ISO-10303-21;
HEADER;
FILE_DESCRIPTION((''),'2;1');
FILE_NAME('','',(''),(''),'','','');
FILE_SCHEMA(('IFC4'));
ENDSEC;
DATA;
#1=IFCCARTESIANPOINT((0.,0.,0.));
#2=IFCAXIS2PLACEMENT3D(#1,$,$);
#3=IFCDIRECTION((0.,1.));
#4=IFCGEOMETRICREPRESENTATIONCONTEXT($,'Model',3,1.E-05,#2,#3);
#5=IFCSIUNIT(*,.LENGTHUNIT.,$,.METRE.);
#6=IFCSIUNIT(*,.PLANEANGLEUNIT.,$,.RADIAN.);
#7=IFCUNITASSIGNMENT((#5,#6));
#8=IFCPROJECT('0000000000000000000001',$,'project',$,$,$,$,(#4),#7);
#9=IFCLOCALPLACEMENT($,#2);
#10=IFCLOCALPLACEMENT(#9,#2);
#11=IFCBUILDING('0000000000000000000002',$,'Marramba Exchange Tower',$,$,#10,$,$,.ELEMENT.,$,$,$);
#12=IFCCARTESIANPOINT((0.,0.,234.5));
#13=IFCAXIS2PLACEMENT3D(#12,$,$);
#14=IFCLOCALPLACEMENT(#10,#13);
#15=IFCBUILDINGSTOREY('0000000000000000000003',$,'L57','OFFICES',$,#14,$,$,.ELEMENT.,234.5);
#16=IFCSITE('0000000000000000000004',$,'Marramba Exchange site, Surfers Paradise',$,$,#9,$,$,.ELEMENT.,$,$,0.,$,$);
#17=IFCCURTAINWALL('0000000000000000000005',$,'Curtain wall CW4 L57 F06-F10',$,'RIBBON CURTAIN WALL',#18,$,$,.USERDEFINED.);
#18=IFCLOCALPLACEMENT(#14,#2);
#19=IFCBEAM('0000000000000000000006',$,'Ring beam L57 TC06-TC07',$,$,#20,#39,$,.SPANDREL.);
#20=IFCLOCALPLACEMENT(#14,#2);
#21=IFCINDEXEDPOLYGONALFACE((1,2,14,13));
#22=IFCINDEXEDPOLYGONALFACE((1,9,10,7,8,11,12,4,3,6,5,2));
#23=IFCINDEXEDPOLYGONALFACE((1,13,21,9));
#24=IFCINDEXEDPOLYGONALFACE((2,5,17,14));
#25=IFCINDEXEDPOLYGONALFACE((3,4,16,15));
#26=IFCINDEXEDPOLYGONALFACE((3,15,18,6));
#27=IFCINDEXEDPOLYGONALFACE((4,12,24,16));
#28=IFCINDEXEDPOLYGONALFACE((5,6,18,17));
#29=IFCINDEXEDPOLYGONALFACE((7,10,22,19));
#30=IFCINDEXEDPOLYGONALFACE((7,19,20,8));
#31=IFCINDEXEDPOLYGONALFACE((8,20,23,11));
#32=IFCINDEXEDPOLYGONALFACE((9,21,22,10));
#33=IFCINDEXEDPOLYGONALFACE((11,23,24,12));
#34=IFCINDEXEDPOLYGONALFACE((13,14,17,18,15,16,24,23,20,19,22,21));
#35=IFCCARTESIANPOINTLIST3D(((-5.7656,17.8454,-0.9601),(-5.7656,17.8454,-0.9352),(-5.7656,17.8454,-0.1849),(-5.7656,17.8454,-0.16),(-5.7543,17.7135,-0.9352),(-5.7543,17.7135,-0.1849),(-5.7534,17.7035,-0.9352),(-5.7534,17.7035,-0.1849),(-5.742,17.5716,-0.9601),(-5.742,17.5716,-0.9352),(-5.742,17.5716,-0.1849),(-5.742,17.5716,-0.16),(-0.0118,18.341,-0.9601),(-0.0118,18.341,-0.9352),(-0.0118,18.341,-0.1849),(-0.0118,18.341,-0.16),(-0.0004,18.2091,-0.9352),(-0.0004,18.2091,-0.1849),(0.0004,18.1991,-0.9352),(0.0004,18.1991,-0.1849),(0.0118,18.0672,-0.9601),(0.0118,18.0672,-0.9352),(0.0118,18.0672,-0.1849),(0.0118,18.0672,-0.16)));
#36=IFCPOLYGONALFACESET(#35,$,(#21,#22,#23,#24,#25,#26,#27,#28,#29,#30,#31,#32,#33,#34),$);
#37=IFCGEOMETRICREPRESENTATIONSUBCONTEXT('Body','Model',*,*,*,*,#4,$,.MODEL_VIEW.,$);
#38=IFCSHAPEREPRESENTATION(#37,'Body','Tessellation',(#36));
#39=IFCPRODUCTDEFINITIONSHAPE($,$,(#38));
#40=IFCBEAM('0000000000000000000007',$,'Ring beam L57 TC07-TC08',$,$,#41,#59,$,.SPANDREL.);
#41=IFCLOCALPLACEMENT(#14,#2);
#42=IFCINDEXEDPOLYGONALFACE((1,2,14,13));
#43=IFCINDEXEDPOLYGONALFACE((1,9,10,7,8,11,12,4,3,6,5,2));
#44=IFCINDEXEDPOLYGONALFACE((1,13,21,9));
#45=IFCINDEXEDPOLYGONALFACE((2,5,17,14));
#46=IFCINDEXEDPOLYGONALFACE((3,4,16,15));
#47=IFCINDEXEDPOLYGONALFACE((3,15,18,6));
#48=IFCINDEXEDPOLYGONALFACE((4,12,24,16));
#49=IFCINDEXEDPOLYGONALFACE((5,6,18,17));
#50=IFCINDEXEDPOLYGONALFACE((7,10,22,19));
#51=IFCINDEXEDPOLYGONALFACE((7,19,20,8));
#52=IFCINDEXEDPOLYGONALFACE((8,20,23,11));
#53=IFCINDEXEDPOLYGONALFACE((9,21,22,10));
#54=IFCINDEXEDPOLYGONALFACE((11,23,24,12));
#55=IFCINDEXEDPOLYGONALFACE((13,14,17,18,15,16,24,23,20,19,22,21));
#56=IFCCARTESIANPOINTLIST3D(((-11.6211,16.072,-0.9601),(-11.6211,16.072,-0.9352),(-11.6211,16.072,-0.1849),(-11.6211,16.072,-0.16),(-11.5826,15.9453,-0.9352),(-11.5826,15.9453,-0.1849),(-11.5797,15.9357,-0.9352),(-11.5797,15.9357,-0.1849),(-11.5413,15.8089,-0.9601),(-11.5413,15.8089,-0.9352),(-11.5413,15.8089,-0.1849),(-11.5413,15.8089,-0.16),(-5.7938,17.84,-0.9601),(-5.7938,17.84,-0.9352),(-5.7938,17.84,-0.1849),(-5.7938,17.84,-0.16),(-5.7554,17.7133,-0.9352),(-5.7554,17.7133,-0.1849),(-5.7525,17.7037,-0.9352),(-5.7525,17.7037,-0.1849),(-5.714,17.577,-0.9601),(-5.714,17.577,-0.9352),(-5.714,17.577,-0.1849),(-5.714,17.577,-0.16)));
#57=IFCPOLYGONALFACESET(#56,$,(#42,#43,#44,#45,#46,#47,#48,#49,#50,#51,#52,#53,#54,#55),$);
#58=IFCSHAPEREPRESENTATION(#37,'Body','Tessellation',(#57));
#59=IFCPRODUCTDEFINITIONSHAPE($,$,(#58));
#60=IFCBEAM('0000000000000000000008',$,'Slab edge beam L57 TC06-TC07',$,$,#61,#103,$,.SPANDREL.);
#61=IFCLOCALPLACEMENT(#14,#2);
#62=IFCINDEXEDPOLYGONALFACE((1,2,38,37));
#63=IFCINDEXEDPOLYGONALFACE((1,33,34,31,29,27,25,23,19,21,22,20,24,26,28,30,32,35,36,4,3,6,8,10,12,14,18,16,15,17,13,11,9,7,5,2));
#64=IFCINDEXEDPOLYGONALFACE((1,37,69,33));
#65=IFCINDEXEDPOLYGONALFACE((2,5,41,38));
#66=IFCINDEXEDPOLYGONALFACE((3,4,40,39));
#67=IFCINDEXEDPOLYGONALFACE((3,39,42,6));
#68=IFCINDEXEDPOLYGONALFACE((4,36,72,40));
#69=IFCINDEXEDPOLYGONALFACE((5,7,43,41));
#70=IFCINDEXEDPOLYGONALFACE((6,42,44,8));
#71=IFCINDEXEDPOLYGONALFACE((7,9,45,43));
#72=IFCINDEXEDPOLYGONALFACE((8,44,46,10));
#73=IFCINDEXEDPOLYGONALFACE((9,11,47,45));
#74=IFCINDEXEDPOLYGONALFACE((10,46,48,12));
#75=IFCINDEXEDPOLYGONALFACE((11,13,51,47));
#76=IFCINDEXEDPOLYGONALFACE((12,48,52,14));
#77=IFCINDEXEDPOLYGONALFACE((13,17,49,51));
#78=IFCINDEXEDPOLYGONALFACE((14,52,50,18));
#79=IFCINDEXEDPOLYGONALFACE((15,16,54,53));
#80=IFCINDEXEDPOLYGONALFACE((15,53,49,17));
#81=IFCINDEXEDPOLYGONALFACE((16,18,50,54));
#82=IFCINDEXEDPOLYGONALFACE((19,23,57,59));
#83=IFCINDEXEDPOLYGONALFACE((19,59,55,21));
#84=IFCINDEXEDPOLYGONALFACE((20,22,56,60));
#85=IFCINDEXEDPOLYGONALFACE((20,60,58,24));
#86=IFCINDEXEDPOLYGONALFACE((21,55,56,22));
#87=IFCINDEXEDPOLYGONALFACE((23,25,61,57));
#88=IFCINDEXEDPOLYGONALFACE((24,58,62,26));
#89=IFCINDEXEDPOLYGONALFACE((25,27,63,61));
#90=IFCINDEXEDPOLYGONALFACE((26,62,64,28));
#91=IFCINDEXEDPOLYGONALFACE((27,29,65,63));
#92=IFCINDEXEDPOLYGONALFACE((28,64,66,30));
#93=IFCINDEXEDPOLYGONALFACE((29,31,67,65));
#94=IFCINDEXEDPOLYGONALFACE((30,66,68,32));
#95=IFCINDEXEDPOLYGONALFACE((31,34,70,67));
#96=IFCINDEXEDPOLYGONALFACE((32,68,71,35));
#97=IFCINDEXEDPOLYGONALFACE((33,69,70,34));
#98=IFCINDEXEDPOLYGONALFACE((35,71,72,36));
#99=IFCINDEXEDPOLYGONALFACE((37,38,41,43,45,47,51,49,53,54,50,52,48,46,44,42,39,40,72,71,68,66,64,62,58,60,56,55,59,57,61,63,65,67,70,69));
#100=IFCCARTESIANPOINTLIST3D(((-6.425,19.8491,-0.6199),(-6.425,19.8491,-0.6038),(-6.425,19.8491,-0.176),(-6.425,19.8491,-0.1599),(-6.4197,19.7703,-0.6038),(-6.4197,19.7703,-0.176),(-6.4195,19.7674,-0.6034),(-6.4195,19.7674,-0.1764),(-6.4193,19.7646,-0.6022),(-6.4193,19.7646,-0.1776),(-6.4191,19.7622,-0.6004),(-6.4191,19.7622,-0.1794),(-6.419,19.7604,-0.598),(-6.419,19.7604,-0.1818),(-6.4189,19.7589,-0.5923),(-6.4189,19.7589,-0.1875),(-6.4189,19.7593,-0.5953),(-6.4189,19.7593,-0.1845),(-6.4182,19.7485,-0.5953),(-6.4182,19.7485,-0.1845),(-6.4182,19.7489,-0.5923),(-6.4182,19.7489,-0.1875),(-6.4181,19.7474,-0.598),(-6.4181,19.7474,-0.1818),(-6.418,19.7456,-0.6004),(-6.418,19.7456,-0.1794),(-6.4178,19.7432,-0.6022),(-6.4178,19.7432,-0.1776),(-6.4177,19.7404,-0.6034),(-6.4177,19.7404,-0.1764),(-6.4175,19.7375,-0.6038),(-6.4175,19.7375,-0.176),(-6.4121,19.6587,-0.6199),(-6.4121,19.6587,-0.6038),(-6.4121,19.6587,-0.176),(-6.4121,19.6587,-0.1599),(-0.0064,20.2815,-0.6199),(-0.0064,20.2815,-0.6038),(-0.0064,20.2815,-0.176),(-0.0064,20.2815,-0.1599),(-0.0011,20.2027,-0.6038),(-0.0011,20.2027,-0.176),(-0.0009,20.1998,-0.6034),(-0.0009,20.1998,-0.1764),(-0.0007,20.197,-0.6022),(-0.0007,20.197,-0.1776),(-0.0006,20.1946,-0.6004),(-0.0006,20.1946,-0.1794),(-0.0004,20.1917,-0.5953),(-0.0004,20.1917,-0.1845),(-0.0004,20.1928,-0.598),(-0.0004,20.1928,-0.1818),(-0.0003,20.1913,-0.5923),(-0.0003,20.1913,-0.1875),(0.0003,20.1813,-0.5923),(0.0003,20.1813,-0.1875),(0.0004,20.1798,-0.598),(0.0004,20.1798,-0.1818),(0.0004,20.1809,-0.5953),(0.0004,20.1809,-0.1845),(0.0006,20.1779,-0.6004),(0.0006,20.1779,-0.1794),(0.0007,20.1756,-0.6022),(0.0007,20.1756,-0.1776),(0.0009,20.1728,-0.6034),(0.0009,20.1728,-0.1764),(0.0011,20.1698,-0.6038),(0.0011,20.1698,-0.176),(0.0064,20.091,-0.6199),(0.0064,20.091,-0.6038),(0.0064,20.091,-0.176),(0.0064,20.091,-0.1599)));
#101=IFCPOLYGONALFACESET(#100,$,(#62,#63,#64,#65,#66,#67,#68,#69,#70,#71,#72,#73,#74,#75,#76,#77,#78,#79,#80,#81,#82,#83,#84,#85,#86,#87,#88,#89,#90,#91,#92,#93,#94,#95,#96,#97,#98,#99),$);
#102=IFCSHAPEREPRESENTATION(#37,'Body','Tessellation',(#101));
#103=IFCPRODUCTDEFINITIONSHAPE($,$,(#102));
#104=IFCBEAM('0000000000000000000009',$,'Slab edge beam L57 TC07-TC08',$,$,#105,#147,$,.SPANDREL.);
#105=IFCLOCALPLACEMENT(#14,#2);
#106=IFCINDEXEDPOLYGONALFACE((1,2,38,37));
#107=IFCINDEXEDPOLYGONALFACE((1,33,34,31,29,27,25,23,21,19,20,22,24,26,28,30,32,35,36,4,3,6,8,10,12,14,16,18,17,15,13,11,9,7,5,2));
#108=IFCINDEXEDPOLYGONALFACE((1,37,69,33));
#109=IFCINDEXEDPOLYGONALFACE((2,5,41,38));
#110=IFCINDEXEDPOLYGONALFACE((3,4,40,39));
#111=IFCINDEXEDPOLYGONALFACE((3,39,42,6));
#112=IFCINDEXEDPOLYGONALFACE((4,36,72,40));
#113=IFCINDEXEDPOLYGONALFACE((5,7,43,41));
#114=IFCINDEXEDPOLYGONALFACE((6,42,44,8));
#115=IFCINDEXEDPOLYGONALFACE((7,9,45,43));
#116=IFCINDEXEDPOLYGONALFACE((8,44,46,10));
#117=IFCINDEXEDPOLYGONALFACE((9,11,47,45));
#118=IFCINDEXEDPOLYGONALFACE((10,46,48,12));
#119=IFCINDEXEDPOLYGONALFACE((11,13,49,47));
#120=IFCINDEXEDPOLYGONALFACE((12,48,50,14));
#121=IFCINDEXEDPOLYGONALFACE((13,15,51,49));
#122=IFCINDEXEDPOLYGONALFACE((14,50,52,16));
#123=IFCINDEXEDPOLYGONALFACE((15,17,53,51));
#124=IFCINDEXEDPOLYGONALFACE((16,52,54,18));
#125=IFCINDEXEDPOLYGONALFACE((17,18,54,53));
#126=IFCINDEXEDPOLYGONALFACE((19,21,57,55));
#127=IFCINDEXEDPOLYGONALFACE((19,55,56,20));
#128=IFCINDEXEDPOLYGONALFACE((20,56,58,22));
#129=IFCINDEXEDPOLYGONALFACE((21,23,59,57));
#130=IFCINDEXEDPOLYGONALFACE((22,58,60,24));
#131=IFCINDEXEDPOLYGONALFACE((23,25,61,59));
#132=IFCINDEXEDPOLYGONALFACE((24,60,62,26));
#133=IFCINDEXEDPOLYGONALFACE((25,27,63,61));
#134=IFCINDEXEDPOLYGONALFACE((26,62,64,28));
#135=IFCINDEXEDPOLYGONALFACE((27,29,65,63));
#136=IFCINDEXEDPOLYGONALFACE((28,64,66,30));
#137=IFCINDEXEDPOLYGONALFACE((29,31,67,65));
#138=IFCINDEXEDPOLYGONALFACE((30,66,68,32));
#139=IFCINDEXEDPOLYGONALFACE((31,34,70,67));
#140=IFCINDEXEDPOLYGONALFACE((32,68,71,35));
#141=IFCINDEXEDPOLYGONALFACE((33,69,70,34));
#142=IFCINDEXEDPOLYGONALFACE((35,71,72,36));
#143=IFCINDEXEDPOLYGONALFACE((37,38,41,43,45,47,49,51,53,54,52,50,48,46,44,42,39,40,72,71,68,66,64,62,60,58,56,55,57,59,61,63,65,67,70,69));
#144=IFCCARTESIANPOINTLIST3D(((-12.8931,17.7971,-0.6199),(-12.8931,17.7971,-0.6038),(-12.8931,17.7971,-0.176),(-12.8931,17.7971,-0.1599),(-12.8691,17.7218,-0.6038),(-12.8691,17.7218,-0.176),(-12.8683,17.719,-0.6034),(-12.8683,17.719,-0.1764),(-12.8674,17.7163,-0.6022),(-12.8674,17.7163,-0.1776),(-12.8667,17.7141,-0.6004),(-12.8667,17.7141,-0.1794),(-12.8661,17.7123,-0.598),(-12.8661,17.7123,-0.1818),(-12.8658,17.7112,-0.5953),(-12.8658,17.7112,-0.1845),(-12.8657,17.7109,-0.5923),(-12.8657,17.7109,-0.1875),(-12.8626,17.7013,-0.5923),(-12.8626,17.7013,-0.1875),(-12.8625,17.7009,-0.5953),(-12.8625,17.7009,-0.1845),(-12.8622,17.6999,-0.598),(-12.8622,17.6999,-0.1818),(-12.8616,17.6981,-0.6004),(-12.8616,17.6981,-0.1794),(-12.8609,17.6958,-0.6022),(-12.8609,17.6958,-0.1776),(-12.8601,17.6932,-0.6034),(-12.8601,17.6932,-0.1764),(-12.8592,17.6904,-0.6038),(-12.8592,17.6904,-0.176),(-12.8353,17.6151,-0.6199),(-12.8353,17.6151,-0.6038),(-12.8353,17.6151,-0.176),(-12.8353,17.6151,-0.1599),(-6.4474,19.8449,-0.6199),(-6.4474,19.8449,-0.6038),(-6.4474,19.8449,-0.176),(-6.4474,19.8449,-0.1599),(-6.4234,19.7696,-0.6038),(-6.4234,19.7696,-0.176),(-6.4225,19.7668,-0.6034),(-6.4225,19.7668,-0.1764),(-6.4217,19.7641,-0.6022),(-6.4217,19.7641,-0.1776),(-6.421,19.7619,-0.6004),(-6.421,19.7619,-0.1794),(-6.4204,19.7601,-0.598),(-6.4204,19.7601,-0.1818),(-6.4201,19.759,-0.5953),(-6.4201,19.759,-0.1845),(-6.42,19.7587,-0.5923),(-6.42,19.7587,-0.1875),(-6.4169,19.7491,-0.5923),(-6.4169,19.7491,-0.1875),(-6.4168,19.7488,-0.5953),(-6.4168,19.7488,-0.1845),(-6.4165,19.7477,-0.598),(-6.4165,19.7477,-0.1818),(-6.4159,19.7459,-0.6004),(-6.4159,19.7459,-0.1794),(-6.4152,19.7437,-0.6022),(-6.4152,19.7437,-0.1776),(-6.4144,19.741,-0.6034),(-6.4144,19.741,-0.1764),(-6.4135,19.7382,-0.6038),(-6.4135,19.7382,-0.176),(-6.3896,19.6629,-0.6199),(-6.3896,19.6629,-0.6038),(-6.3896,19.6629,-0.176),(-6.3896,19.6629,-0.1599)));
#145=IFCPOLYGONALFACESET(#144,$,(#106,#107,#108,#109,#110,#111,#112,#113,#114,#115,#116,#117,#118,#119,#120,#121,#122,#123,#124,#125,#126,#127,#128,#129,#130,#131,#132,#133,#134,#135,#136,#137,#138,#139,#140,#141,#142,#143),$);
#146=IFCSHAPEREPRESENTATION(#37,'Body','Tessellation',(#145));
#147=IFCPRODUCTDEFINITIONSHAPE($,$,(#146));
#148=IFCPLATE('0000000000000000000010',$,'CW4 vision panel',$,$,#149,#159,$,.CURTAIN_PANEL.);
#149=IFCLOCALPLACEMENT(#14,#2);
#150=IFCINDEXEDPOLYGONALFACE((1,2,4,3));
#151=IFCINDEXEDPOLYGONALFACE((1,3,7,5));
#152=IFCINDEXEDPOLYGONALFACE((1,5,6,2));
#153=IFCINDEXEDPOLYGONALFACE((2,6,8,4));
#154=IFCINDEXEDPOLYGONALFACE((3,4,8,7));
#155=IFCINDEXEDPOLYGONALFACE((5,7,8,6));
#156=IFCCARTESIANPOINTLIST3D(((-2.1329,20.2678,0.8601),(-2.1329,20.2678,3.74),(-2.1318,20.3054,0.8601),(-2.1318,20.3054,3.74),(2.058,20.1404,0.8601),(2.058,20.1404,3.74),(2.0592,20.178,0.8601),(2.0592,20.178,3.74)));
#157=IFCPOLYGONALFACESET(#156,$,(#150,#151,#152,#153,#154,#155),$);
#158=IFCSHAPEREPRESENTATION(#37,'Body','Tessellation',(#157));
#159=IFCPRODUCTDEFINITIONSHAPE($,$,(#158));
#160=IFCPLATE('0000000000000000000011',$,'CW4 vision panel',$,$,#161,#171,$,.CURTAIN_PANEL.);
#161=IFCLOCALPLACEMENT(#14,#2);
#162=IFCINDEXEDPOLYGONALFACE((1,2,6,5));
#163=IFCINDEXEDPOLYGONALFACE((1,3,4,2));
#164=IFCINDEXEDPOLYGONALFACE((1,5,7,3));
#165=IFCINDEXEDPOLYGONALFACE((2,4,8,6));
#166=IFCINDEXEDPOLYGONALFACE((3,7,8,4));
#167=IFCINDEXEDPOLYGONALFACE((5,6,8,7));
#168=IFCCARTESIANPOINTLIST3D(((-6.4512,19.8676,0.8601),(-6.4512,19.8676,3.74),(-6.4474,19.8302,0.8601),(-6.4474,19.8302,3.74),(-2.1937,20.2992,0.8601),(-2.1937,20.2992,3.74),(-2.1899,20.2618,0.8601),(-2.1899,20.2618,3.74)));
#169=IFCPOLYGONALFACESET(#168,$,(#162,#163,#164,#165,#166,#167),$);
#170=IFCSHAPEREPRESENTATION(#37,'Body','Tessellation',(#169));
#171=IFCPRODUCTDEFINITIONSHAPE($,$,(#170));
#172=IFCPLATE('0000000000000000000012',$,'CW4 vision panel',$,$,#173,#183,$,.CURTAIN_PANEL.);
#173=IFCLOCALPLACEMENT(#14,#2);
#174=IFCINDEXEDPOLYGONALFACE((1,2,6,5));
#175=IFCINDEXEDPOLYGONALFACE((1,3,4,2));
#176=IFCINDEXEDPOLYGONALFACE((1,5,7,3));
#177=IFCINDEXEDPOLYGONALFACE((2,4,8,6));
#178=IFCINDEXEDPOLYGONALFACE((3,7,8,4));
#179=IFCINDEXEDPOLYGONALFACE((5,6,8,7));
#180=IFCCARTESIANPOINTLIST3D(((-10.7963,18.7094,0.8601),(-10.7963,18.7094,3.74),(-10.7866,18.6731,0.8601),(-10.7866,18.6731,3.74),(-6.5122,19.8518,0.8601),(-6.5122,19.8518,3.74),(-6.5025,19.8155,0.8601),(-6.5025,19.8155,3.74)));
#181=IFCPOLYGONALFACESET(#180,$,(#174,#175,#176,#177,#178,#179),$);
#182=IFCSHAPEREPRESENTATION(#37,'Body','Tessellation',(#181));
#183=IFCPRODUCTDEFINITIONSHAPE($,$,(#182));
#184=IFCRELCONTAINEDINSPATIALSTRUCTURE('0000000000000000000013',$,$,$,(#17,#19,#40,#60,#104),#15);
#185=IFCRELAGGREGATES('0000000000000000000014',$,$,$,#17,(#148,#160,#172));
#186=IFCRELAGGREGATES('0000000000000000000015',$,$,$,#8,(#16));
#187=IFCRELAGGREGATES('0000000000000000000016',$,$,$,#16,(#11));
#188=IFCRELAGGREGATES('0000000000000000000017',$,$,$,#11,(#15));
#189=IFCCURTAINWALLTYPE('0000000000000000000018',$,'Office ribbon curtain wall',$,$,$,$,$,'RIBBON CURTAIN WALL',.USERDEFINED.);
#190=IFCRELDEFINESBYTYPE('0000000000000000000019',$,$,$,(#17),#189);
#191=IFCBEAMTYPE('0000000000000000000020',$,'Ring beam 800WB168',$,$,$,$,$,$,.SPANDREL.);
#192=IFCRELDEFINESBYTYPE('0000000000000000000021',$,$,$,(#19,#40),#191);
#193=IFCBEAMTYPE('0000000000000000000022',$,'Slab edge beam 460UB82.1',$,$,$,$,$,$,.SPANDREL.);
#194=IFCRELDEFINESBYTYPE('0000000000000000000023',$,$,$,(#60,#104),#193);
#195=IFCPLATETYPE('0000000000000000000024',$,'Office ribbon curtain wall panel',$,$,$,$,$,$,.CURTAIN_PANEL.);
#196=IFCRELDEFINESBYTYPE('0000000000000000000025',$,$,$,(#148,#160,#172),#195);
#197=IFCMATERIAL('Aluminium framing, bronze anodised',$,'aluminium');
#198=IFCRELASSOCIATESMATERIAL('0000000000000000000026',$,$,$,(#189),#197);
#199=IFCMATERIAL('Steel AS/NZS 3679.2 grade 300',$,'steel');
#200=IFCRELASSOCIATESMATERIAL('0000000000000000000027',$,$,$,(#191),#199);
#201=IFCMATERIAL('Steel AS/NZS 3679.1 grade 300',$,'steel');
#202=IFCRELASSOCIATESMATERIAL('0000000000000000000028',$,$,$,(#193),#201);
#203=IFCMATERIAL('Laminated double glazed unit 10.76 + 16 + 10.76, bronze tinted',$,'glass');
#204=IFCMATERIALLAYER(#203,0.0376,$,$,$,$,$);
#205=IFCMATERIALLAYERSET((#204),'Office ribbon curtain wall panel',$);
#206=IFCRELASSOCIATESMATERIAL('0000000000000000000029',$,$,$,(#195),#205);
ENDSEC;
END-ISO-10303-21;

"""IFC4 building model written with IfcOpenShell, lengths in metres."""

from ifc_helpers import new_model, si_unit, direction, frame, origin, origin_2d, place, context, subcontext, project, spatial, rectangle, i_section, extrude, material, layer, layer_set, material_profile, profile_set, type_object, element, aggregate, save


model = new_model("IFC4")

# Units and contexts
model_context = context("Model", 3, precision=1e-05, world=origin(), true_north=direction((0.0, 1.0)))
body_context = subcontext(model_context, "Body", "Model", "MODEL_VIEW")
ifc_project = project(units=[si_unit("LENGTHUNIT", "METRE"), si_unit("PLANEANGLEUNIT", "RADIAN")], contexts=[model_context])

# Site, building, storey
site_placement = place(None, origin())
site = spatial("IfcSite", under=ifc_project, at=site_placement, Name="Marramba Exchange site, Surfers Paradise", CompositionType="ELEMENT", RefElevation=0.0)
building_placement = place(site_placement, origin())
building = spatial("IfcBuilding", under=site, at=building_placement, Name="Marramba Exchange Tower", CompositionType="ELEMENT")
storey_placement = place(building_placement, frame((0.0, 0.0, 234.5)))
storey = spatial("IfcBuildingStorey", under=building, at=storey_placement, Name="L57", Description="OFFICES", CompositionType="ELEMENT", Elevation=234.5)

# Shared definitions
ifc_material_1 = material(Name="Steel AS/NZS 3679.2 grade 300", Category="steel")

# Curtain wall
ifc_material_2 = material(Name="Aluminium framing, bronze anodised", Category="aluminium")
curtain_wall_type = type_object("IfcCurtainWallType", Name="Office ribbon curtain wall", ElementType="RIBBON CURTAIN WALL", PredefinedType="USERDEFINED", material=ifc_material_2)
curtain_wall_1_placement = place(storey_placement, origin())
curtain_wall_1 = element("IfcCurtainWall", 1, at=curtain_wall_1_placement, inside=storey, type_object=curtain_wall_type, Name="Curtain wall CW4 L57 F06-F10", ObjectType="RIBBON CURTAIN WALL", PredefinedType="USERDEFINED")

# Beams
ifc_material_profile_1 = material_profile(ifc_material_1, i_section(OverallWidth=0.2749, OverallDepth=0.8, WebThickness=0.01, FlangeThickness=0.0249, at=origin_2d()), Name="800WB168")
ifc_profile_set_1 = profile_set([ifc_material_profile_1], Name="Steel AS/NZS 3679.2 grade 300")
beam_type_1 = type_object("IfcBeamType", Name="Ring beam 800WB168", PredefinedType="SPANDREL", material=ifc_profile_set_1)
beam_1_placement = place(storey_placement, frame((0.0, 18.2041, -0.5601), z_axis=(-0.996311, -0.085816, 0.0), x_axis=(0.085816, -0.996311, 0.0)))
element("IfcBeam", 2, at=beam_1_placement, inside=storey, type_object=beam_type_1, Name="Ring beam L57 TC06-TC07", PredefinedType="SPANDREL", context=body_context, shape_type="SweptSolid", body=[
    extrude(i_section(OverallWidth=0.2749, OverallDepth=0.8, WebThickness=0.01, FlangeThickness=0.0249, at=origin_2d()), origin(), (0.0, 0.0, 1.0), 5.7751),
])
beam_2_placement = place(storey_placement, frame((-5.7539, 17.7085, -0.5601), z_axis=(-0.956925, -0.290337, 0.0), x_axis=(0.290337, -0.956925, 0.0)))
element("IfcBeam", 3, at=beam_2_placement, inside=storey, type_object=beam_type_1, Name="Ring beam L57 TC07-TC08", PredefinedType="SPANDREL", context=body_context, shape_type="SweptSolid", body=[
    extrude(i_section(OverallWidth=0.2749, OverallDepth=0.8, WebThickness=0.01, FlangeThickness=0.0249, at=origin_2d()), origin(), (0.0, 0.0, 1.0), 6.0896),
])
ifc_material_3 = material(Name="Steel AS/NZS 3679.1 grade 300", Category="steel")
ifc_material_profile_2 = material_profile(ifc_material_3, i_section(OverallWidth=0.1909, OverallDepth=0.46, WebThickness=0.01, FlangeThickness=0.0161, FilletRadius=0.0115, at=origin_2d()), Name="460UB82.1")
ifc_profile_set_2 = profile_set([ifc_material_profile_2], Name="Steel AS/NZS 3679.1 grade 300")
beam_type_2 = type_object("IfcBeamType", Name="Slab edge beam 460UB82.1", PredefinedType="SPANDREL", material=ifc_profile_set_2)
beam_3_placement = place(storey_placement, frame((0.0, 20.1863, -0.3899), z_axis=(-0.997739, -0.067212, 0.0), x_axis=(0.067212, -0.997739, 0.0)))
element("IfcBeam", 4, at=beam_3_placement, inside=storey, type_object=beam_type_2, Name="Slab edge beam L57 TC06-TC07", PredefinedType="SPANDREL", context=body_context, shape_type="SweptSolid", body=[
    extrude(i_section(OverallWidth=0.1909, OverallDepth=0.46, WebThickness=0.01, FlangeThickness=0.0161, FilletRadius=0.0115, at=origin_2d()), origin(), (0.0, 0.0, 1.0), 6.4331),
])
beam_4_placement = place(storey_placement, frame((-6.4185, 19.7539, -0.3899), z_axis=(-0.953057, -0.302789, 0.0), x_axis=(0.302789, -0.953057, 0.0)))
element("IfcBeam", 5, at=beam_4_placement, inside=storey, type_object=beam_type_2, Name="Slab edge beam L57 TC07-TC08", PredefinedType="SPANDREL", context=body_context, shape_type="SweptSolid", body=[
    extrude(i_section(OverallWidth=0.1909, OverallDepth=0.46, WebThickness=0.01, FlangeThickness=0.0161, FilletRadius=0.0115, at=origin_2d()), origin(), (0.0, 0.0, 1.0), 6.7632),
])

# Plates
ifc_material_4 = material(Name="Laminated double glazed unit 10.76 + 16 + 10.76, bronze tinted", Category="glass")
ifc_layer_1 = layer(ifc_material_4, 0.0376)
ifc_layer_set_1 = layer_set([ifc_layer_1], Name="Office ribbon curtain wall panel")
plate_type = type_object("IfcPlateType", Name="Office ribbon curtain wall panel", PredefinedType="CURTAIN_PANEL", material=ifc_layer_set_1)
plate_1_placement = place(storey_placement, frame((-0.0369, 20.2229, 0.8601), z_axis=(0.0, 0.0, 1.0), x_axis=(-0.999538, 0.030394, 0.0)))
plate_1 = element("IfcPlate", 6, at=plate_1_placement, type_object=plate_type, Name="CW4 vision panel", PredefinedType="CURTAIN_PANEL", context=body_context, shape_type="SweptSolid", body=[
    extrude(rectangle(XDim=4.1929, YDim=0.0376, at=origin_2d()), origin(), (0.0, 0.0, 1.0), 2.8799),
])
plate_2_placement = place(storey_placement, frame((-4.3206, 20.0647, 0.8601), z_axis=(0.0, 0.0, 1.0), x_axis=(-0.9949, -0.100863, 0.0)))
plate_2 = element("IfcPlate", 7, at=plate_2_placement, type_object=plate_type, Name="CW4 vision panel", PredefinedType="CURTAIN_PANEL", context=body_context, shape_type="SweptSolid", body=[
    extrude(rectangle(XDim=4.2793, YDim=0.0376, at=origin_2d()), origin(), (0.0, 0.0, 1.0), 2.8799),
])
plate_3_placement = place(storey_placement, frame((-8.6494, 19.2625, 0.8601), z_axis=(0.0, 0.0, 1.0), x_axis=(-0.966241, -0.257641, 0.0)))
plate_3 = element("IfcPlate", 8, at=plate_3_placement, type_object=plate_type, Name="CW4 vision panel", PredefinedType="CURTAIN_PANEL", context=body_context, shape_type="SweptSolid", body=[
    extrude(rectangle(XDim=4.4338, YDim=0.0376, at=origin_2d()), origin(), (0.0, 0.0, 1.0), 2.8799),
])
aggregate(curtain_wall_1, [plate_1, plate_2, plate_3])

save(model, "model.ifc")
